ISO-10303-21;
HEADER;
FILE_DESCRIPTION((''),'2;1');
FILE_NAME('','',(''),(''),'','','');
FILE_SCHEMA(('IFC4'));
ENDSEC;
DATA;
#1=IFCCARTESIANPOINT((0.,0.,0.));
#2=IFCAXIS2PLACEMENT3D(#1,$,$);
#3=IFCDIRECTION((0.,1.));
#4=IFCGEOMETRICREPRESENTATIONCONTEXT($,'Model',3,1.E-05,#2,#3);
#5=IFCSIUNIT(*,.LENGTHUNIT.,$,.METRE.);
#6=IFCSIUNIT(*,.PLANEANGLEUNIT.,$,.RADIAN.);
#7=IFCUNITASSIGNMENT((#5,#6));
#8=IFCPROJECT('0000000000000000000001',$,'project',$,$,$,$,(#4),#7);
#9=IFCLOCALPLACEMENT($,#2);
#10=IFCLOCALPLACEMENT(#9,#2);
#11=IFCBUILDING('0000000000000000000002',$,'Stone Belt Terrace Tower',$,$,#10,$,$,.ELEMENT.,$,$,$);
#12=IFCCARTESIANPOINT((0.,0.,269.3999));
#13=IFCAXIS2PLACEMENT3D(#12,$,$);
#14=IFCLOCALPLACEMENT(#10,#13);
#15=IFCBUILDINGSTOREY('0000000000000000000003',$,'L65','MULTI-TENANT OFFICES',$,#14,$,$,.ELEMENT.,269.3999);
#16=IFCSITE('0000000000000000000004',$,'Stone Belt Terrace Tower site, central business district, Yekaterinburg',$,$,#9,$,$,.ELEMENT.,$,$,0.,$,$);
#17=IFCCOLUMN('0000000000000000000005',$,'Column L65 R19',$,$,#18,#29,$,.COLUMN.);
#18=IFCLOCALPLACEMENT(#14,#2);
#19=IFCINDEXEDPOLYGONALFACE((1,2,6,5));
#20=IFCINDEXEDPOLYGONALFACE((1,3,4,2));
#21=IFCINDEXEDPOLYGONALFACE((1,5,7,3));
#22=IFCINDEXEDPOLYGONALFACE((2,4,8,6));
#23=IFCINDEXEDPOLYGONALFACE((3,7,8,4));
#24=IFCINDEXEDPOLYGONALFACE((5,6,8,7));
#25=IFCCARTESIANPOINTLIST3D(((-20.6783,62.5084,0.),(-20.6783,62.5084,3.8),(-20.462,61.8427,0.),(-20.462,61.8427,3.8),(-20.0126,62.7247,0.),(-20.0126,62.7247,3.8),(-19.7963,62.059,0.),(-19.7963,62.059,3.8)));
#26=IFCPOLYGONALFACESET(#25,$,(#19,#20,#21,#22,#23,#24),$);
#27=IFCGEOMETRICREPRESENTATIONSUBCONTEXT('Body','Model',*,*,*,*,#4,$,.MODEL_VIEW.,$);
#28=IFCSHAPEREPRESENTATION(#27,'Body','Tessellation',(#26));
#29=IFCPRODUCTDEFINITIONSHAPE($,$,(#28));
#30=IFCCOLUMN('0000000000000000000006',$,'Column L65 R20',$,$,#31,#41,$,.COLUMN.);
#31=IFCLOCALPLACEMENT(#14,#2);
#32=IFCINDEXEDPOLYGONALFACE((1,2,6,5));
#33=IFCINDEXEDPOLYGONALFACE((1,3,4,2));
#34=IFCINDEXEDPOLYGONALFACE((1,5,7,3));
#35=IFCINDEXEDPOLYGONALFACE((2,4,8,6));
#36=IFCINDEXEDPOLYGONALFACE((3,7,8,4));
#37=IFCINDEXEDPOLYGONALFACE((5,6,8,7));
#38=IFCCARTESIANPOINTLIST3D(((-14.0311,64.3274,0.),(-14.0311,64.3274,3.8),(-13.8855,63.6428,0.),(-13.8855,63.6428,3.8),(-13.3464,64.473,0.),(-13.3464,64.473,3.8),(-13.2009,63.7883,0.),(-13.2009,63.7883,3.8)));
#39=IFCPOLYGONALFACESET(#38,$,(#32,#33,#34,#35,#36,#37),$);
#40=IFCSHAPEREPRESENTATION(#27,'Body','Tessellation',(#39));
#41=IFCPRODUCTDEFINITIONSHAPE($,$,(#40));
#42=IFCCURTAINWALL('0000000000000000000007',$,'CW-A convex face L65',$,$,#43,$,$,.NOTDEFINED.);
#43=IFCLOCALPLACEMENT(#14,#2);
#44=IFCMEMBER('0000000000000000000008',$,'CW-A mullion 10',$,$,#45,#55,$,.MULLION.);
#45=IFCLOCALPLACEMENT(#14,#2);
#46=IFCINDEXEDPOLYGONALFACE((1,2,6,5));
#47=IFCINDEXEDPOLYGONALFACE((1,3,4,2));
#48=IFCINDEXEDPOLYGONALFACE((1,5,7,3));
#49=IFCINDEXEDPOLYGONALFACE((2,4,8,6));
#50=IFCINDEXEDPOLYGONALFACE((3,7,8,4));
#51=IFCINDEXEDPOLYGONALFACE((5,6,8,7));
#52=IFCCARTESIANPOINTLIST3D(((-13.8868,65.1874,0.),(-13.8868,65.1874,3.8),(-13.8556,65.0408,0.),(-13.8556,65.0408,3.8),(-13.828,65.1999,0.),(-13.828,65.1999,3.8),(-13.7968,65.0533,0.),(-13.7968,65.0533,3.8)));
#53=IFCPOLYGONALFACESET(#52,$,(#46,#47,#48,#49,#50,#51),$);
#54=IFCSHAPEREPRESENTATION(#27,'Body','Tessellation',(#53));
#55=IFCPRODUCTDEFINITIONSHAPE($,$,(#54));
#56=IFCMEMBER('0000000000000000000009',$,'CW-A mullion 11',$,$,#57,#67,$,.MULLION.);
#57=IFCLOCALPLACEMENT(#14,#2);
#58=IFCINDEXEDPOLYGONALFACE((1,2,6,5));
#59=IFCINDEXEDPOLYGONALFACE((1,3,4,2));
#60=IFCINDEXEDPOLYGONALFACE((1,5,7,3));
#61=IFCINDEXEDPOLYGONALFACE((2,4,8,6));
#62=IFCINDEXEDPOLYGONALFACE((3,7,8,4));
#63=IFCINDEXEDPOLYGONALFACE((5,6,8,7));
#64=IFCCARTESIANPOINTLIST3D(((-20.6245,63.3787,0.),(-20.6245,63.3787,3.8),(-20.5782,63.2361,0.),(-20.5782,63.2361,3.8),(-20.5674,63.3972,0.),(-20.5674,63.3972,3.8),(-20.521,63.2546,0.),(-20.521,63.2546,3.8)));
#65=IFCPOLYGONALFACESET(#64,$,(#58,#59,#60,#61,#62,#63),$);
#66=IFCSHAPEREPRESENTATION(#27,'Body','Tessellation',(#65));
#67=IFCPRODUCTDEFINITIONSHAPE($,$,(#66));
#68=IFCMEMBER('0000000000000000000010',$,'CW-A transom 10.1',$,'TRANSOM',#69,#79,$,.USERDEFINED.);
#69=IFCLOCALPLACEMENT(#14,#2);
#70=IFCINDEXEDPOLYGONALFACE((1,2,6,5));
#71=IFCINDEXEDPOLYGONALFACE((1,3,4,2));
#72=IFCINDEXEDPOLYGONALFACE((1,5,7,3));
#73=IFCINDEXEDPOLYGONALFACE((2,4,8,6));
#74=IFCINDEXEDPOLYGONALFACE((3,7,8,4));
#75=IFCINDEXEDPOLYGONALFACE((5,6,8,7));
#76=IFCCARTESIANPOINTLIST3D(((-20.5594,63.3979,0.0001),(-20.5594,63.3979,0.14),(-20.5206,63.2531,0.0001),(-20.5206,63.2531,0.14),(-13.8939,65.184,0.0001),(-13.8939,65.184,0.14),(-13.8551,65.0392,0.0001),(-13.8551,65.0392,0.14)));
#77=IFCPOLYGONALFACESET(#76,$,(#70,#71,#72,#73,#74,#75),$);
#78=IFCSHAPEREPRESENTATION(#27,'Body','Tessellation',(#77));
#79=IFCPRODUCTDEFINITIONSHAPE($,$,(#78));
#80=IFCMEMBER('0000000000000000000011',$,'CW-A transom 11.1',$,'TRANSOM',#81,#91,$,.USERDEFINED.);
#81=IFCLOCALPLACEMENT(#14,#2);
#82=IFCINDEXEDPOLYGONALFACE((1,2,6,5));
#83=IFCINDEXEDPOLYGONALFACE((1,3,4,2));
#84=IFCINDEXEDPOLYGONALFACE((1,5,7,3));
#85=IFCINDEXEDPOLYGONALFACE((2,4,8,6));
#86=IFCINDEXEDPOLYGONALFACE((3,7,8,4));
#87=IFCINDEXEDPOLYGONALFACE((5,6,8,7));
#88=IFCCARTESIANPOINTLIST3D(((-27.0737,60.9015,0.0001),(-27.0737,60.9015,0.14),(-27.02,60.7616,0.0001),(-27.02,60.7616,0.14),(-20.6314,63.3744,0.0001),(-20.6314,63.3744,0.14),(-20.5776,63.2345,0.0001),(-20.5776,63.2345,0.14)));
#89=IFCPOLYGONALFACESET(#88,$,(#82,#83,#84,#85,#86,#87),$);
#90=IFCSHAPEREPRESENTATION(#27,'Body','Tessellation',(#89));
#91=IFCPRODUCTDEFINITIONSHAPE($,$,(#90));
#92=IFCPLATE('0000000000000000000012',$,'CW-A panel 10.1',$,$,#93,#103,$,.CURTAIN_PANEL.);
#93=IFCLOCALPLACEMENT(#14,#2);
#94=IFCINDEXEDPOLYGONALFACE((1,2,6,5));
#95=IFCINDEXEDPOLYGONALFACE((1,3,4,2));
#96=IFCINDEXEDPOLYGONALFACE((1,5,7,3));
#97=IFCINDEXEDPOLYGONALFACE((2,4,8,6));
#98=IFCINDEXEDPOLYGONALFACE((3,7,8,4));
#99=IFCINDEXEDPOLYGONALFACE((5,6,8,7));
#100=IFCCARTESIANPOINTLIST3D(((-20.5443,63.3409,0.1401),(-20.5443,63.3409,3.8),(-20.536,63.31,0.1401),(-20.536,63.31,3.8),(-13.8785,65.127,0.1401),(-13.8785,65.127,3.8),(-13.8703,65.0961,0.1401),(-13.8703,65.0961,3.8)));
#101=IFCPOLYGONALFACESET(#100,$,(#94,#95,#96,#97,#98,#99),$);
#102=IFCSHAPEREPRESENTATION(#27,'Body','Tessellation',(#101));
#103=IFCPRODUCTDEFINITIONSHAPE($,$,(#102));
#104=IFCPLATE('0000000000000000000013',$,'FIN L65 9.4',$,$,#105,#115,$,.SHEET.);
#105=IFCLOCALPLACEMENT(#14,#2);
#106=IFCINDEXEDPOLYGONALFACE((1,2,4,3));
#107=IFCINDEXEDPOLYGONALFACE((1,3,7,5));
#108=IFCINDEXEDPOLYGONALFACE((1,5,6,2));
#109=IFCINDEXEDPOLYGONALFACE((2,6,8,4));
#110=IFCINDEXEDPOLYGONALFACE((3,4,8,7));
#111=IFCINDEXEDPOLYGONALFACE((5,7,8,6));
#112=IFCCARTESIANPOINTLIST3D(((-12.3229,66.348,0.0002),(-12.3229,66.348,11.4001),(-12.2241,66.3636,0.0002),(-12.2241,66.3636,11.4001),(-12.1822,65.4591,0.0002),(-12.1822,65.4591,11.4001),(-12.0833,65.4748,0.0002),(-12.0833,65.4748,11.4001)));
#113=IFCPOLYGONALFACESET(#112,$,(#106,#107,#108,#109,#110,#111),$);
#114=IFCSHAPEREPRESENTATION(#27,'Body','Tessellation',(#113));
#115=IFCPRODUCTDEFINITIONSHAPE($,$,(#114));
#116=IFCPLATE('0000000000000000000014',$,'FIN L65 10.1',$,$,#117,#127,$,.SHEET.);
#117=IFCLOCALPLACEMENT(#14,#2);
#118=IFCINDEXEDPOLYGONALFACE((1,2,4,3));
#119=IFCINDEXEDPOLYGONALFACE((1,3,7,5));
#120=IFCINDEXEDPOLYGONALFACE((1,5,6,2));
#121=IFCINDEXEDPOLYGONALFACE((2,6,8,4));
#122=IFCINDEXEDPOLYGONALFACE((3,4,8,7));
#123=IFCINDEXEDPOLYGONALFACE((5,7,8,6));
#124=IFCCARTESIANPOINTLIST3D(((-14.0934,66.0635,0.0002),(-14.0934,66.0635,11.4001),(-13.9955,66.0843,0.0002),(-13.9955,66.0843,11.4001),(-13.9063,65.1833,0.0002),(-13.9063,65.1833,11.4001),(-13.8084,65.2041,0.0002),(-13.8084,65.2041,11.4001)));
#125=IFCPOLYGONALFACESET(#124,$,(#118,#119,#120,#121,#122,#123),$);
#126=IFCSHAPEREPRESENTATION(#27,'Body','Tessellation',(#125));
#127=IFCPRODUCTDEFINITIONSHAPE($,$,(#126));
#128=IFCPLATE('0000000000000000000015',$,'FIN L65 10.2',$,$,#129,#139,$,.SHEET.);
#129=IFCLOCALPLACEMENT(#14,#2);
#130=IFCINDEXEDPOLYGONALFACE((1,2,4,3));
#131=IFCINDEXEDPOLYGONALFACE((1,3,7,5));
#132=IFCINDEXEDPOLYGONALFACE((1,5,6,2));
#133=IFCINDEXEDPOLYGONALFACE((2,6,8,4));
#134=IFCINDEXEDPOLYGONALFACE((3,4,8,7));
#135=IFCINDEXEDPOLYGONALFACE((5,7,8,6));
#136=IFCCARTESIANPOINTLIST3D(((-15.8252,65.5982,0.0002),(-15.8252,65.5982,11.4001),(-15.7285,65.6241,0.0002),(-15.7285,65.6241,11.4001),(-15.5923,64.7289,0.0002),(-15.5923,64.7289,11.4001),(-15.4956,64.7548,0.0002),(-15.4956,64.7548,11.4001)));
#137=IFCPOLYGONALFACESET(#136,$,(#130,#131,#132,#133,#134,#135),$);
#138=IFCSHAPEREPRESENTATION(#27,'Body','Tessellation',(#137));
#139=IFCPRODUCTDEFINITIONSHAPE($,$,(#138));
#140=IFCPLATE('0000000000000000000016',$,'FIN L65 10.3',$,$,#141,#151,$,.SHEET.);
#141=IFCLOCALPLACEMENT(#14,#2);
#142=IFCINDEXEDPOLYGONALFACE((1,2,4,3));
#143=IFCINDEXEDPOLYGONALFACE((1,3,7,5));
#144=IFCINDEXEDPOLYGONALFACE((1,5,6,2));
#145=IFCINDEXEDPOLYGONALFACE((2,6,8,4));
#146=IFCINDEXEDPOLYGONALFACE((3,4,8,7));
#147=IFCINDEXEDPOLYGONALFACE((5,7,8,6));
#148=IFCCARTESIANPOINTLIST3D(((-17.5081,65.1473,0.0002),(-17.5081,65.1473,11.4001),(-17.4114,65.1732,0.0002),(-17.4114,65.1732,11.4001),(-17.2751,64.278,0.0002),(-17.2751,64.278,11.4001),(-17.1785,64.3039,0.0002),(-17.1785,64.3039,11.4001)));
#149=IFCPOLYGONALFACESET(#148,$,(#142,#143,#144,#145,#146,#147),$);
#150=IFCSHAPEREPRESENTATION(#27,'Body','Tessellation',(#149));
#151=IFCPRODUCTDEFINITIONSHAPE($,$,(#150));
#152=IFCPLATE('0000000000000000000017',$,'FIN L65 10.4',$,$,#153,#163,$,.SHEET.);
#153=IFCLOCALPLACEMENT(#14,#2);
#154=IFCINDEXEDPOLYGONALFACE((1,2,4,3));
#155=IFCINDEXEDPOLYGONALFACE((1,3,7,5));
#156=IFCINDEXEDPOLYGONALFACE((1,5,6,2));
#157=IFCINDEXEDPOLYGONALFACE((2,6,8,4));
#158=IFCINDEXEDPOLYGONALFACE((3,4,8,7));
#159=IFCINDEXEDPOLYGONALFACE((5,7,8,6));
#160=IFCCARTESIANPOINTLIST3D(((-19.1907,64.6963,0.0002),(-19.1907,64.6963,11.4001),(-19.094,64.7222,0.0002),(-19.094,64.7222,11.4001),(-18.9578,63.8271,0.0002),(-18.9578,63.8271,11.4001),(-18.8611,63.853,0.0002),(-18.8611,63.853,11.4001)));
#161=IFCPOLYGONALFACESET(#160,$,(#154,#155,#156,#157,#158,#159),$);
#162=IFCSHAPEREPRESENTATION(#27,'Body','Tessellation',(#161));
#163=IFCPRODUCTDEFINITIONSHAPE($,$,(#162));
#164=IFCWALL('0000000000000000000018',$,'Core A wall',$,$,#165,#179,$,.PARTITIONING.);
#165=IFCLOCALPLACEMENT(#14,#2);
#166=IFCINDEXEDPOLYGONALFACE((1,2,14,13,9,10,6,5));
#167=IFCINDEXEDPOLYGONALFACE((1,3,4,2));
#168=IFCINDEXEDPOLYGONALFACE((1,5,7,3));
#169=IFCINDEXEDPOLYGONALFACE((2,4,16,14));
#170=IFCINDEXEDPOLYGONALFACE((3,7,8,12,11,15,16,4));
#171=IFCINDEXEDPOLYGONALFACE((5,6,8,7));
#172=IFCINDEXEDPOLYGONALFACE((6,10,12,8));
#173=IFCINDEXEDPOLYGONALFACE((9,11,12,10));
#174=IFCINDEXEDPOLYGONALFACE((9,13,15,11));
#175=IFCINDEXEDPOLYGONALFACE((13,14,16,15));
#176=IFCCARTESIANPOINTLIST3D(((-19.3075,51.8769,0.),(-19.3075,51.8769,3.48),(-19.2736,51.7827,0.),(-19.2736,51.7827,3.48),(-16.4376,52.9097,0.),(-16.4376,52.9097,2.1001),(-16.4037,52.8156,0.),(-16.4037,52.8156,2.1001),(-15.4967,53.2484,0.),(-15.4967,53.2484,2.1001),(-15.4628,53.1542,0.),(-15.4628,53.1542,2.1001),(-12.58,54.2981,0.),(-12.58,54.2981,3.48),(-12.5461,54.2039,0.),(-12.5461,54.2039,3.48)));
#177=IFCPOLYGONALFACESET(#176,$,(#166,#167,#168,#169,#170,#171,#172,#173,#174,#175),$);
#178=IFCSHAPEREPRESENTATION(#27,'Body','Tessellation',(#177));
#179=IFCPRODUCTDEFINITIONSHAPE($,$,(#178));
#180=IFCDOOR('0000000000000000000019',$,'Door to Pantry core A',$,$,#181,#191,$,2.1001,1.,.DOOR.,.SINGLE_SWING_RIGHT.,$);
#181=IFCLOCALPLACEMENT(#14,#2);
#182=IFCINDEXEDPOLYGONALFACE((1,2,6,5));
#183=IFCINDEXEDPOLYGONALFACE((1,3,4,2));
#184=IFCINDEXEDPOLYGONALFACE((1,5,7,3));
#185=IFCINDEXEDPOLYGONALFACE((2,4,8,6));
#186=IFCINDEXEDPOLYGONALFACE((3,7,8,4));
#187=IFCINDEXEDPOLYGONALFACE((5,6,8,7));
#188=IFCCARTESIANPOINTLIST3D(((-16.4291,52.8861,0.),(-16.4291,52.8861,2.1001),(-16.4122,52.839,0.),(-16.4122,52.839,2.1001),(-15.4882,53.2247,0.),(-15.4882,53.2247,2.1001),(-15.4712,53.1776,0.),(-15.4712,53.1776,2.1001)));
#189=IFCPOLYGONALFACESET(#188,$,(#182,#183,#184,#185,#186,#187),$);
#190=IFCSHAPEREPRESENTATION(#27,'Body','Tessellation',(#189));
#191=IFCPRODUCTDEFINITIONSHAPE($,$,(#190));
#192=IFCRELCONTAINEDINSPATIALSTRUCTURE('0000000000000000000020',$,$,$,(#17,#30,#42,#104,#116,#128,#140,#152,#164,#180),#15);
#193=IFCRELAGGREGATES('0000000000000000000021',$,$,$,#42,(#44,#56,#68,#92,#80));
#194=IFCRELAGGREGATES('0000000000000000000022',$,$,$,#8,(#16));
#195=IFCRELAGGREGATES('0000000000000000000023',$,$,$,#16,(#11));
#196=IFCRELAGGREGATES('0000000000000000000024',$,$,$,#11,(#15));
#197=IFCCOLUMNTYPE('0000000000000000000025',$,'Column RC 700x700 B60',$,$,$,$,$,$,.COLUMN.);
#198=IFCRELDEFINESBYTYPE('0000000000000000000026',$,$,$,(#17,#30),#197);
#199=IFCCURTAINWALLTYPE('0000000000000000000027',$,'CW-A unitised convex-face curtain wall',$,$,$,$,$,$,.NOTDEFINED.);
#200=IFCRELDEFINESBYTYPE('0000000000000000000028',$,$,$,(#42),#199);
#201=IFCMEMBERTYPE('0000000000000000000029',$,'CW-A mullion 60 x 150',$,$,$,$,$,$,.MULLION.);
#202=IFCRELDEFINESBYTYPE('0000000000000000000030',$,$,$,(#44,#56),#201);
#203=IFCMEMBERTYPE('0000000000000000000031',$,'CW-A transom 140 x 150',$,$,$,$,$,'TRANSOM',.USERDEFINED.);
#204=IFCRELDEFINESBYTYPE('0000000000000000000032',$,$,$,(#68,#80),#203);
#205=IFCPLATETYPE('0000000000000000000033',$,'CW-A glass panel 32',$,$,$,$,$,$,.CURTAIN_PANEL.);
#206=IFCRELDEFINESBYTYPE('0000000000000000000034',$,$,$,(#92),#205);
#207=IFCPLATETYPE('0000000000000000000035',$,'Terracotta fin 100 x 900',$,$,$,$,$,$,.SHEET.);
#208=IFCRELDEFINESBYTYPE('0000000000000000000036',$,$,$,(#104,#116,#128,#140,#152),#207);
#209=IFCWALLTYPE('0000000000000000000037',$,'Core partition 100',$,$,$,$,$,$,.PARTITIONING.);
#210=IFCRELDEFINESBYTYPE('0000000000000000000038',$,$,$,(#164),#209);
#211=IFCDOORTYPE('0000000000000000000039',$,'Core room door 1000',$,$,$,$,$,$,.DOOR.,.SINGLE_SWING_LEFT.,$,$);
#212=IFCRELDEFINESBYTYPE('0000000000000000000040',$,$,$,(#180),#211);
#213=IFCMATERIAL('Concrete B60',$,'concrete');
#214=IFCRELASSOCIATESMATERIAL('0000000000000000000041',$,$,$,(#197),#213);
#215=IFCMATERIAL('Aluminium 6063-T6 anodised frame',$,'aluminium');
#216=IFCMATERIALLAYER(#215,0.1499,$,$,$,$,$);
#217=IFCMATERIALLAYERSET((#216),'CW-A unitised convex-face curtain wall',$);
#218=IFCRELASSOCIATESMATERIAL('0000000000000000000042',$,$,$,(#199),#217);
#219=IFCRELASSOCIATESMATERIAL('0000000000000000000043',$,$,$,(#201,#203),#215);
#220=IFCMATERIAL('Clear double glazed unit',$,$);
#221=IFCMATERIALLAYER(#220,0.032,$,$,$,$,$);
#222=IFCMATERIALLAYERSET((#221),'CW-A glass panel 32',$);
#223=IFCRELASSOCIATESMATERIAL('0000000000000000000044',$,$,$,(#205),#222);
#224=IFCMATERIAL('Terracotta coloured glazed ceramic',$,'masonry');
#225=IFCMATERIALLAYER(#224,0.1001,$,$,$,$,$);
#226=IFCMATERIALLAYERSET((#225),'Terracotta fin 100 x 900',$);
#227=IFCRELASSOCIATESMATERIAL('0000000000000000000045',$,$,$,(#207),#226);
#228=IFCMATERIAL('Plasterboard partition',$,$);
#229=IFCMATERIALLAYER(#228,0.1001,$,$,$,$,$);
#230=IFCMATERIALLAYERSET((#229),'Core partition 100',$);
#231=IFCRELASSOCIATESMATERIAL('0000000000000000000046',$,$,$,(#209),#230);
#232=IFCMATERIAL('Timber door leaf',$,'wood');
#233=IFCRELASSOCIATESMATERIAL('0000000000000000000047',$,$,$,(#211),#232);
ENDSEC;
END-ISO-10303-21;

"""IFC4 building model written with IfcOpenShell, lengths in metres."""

from ifc_helpers import new_model, si_unit, direction, frame, frame_2d, origin, origin_2d, place, context, subcontext, project, spatial, rectangle, extrude, material, layer, layer_set, material_profile, profile_set, type_object, element, fill, aggregate, save


model = new_model("IFC4")

# Units and contexts
model_context = context("Model", 3, precision=1e-05, world=origin(), true_north=direction((0.0, 1.0)))
body_context = subcontext(model_context, "Body", "Model", "MODEL_VIEW")
ifc_project = project(units=[si_unit("LENGTHUNIT", "METRE"), si_unit("PLANEANGLEUNIT", "RADIAN")], contexts=[model_context])

# Site, building, storey
site_placement = place(None, origin())
site = spatial("IfcSite", under=ifc_project, at=site_placement, Name="Stone Belt Terrace Tower site, central business district, Yekaterinburg", CompositionType="ELEMENT", RefElevation=0.0)
building_placement = place(site_placement, origin())
building = spatial("IfcBuilding", under=site, at=building_placement, Name="Stone Belt Terrace Tower", CompositionType="ELEMENT")
storey_placement = place(building_placement, frame((0.0, 0.0, 269.3999)))
storey = spatial("IfcBuildingStorey", under=building, at=storey_placement, Name="L65", Description="MULTI-TENANT OFFICES", CompositionType="ELEMENT", Elevation=269.3999)

# Columns
ifc_material_1 = material(Name="Concrete B60", Category="concrete")
ifc_material_profile_1 = material_profile(ifc_material_1, rectangle(XDim=0.7, YDim=0.7, at=origin_2d()), Name="RC 700x700")
ifc_profile_set_1 = profile_set([ifc_material_profile_1], Name="Concrete B60")
column_type = type_object("IfcColumnType", Name="Column RC 700x700 B60", PredefinedType="COLUMN", material=ifc_profile_set_1)
for number, where, z_axis, x_axis, name in (
    (1, (-20.2373, 62.2837, 0.0), (0.0, 0.0, 1.0), (0.951057, 0.309017, 0.0), "Column L65 R19"),
    (2, (-13.616, 64.0579, 0.0), (0.0, 0.0, 1.0), (0.978148, 0.207912, 0.0), "Column L65 R20"),
):
    element("IfcColumn", number, at=place(storey_placement, frame(where, z_axis=z_axis, x_axis=x_axis)), inside=storey, type_object=column_type, Name=name, PredefinedType="COLUMN", context=body_context, shape_type="SweptSolid", body=[
        extrude(rectangle(XDim=0.7, YDim=0.7, at=origin_2d()), origin(), (0.0, 0.0, 1.0), 3.8),
    ])

# Curtain wall, members, plate
ifc_material_2 = material(Name="Aluminium 6063-T6 anodised frame", Category="aluminium")
ifc_layer_1 = layer(ifc_material_2, 0.1499)
ifc_layer_set_1 = layer_set([ifc_layer_1], Name="CW-A unitised convex-face curtain wall")
curtain_wall_type = type_object("IfcCurtainWallType", Name="CW-A unitised convex-face curtain wall", PredefinedType="NOTDEFINED", material=ifc_layer_set_1)
curtain_wall_placement = place(storey_placement, origin())
curtain_wall = element("IfcCurtainWall", 3, at=curtain_wall_placement, inside=storey, type_object=curtain_wall_type, Name="CW-A convex face L65", PredefinedType="NOTDEFINED")
ifc_material_profile_2 = material_profile(ifc_material_2, rectangle(XDim=0.1499, YDim=0.0601, at=origin_2d()), Name="Aluminium 6063-T6 60x150")
ifc_profile_set_2 = profile_set([ifc_material_profile_2], Name="Aluminium 6063-T6 anodised frame")
member_type_1 = type_object("IfcMemberType", Name="CW-A mullion 60 x 150", PredefinedType="MULLION", material=ifc_profile_set_2)
member_1_placement = place(storey_placement, frame((-13.8418, 65.1204, 0.0), z_axis=(0.0, 0.0, 1.0), x_axis=(0.207912, -0.978148, 0.0)))
member_1 = element("IfcMember", 4, at=member_1_placement, type_object=member_type_1, Name="CW-A mullion 10", PredefinedType="MULLION", context=body_context, shape_type="SweptSolid", body=[
    extrude(rectangle(XDim=0.1499, YDim=0.0601, at=origin_2d()), origin(), (0.0, 0.0, 1.0), 3.8),
])
member_2_placement = place(storey_placement, frame((-20.5728, 63.3167, 0.0), z_axis=(0.0, 0.0, 1.0), x_axis=(0.309017, -0.951057, 0.0)))
member_2 = element("IfcMember", 5, at=member_2_placement, type_object=member_type_1, Name="CW-A mullion 11", PredefinedType="MULLION", context=body_context, shape_type="SweptSolid", body=[
    extrude(rectangle(XDim=0.1499, YDim=0.0601, at=origin_2d()), origin(), (0.0, 0.0, 1.0), 3.8),
])
ifc_material_profile_3 = material_profile(ifc_material_2, rectangle(XDim=0.1499, YDim=0.1399, at=origin_2d()), Name="Aluminium 6063-T6 150x140")
ifc_profile_set_3 = profile_set([ifc_material_profile_3], Name="Aluminium 6063-T6 anodised frame")
member_type_2 = type_object("IfcMemberType", Name="CW-A transom 140 x 150", ElementType="TRANSOM", PredefinedType="USERDEFINED", material=ifc_profile_set_3)
member_3_placement = place(storey_placement, frame((-13.8745, 65.1116, 0.0701), z_axis=(-0.965922, -0.258834, 0.0), x_axis=(0.258834, -0.965922, 0.0)))
member_3 = element("IfcMember", 6, at=member_3_placement, type_object=member_type_2, Name="CW-A transom 10.1", ObjectType="TRANSOM", PredefinedType="USERDEFINED", context=body_context, shape_type="SweptSolid", body=[
    extrude(rectangle(XDim=0.1499, YDim=0.1399, at=origin_2d()), origin(), (0.0, 0.0, 1.0), 6.9006),
])
member_4_placement = place(storey_placement, frame((-20.6045, 63.3044, 0.0701), z_axis=(-0.933585, -0.358355, 0.0), x_axis=(0.358355, -0.933585, 0.0)))
member_4 = element("IfcMember", 7, at=member_4_placement, type_object=member_type_2, Name="CW-A transom 11.1", ObjectType="TRANSOM", PredefinedType="USERDEFINED", context=body_context, shape_type="SweptSolid", body=[
    extrude(rectangle(XDim=0.1499, YDim=0.1399, at=origin_2d()), origin(), (0.0, 0.0, 1.0), 6.9006),
])
ifc_material_3 = material(Name="Clear double glazed unit")
ifc_layer_2 = layer(ifc_material_3, 0.032)
ifc_layer_set_2 = layer_set([ifc_layer_2], Name="CW-A glass panel 32")
plate_type_1 = type_object("IfcPlateType", Name="CW-A glass panel 32", PredefinedType="CURTAIN_PANEL", material=ifc_layer_set_2)
plate_placement = place(storey_placement, frame((-17.2073, 64.2185, 0.1401), z_axis=(0.0, 0.0, 1.0), x_axis=(-0.965926, -0.258819, 0.0)))
plate = element("IfcPlate", 8, at=plate_placement, type_object=plate_type_1, Name="CW-A panel 10.1", PredefinedType="CURTAIN_PANEL", context=body_context, shape_type="SweptSolid", body=[
    extrude(rectangle(XDim=6.9009, YDim=0.032, at=origin_2d()), origin(), (0.0, 0.0, 1.0), 3.6599),
])
aggregate(curtain_wall, [member_1, member_2, member_3, plate, member_4])

# Plates
ifc_material_4 = material(Name="Terracotta coloured glazed ceramic", Category="masonry")
ifc_layer_3 = layer(ifc_material_4, 0.1001)
ifc_layer_set_3 = layer_set([ifc_layer_3], Name="Terracotta fin 100 x 900")
plate_type_2 = type_object("IfcPlateType", Name="Terracotta fin 100 x 900", PredefinedType="SHEET", material=ifc_layer_set_3)
for number, where, z_axis, x_axis, name in (
    (9, (-12.2031, 65.9114, 0.0002), (0.0, 0.0, 1.0), (-0.156434, 0.987688, 0.0), "FIN L65 9.4"),
    (10, (-13.9509, 65.6338, 0.0002), (0.0, 0.0, 1.0), (-0.207912, 0.978148, 0.0), "FIN L65 10.1"),
    (11, (-15.6604, 65.1765, 0.0002), (0.0, 0.0, 1.0), (-0.258819, 0.965926, 0.0), "FIN L65 10.2"),
    (12, (-17.3433, 64.7256, 0.0002), (0.0, 0.0, 1.0), (-0.258819, 0.965926, 0.0), "FIN L65 10.3"),
    (13, (-19.0259, 64.2747, 0.0002), (0.0, 0.0, 1.0), (-0.258819, 0.965926, 0.0), "FIN L65 10.4"),
):
    element("IfcPlate", number, at=place(storey_placement, frame(where, z_axis=z_axis, x_axis=x_axis)), inside=storey, type_object=plate_type_2, Name=name, PredefinedType="SHEET", context=body_context, shape_type="SweptSolid", body=[
        extrude(rectangle(XDim=0.8999, YDim=0.1001, at=origin_2d()), origin(), (0.0, 0.0, 1.0), 11.3999),
    ])

# Wall, opening, door
ifc_material_5 = material(Name="Plasterboard partition")
ifc_layer_4 = layer(ifc_material_5, 0.1001)
ifc_layer_set_4 = layer_set([ifc_layer_4], Name="Core partition 100")
wall_type_1 = type_object("IfcWallType", Name="Core partition 100", PredefinedType="PARTITIONING", material=ifc_layer_set_4)
wall_1_placement = place(storey_placement, frame((-19.2905, 51.8298, 0.0), z_axis=(0.0, 0.0, 1.0), x_axis=(0.940922, 0.338624, 0.0)))
wall_1 = element("IfcWall", 14, at=wall_1_placement, inside=storey, type_object=wall_type_1, Name="Core A wall", PredefinedType="PARTITIONING", context=body_context, shape_type="SweptSolid", body=[
    extrude(rectangle(XDim=7.1499, YDim=0.1001, at=frame_2d((3.575, 0.0))), origin(), (0.0, 0.0, 1.0), 3.48),
])
opening_1_placement = place(wall_1_placement, frame((3.05, 0.0, 0.0)))
opening_1 = element("IfcOpeningElement", 15, at=opening_1_placement, cuts=wall_1, PredefinedType="OPENING", context=body_context, shape_type="SweptSolid", body=[
    extrude(rectangle(XDim=1.0, YDim=2.1001, at=frame_2d((0.5, 1.05))), frame((0.0, 0.0601, 0.0), z_axis=(0.0, -1.0, 0.0), x_axis=(1.0, 0.0, 0.0)), (0.0, 0.0, 1.0), 0.1201),
])
ifc_material_6 = material(Name="Timber door leaf", Category="wood")
door_type_1 = type_object("IfcDoorType", Name="Core room door 1000", OperationType="SINGLE_SWING_LEFT", PredefinedType="DOOR", material=ifc_material_6)
door_1_placement = place(opening_1_placement, origin())
door_1 = element("IfcDoor", 16, at=door_1_placement, inside=storey, type_object=door_type_1, Name="Door to Pantry core A", OperationType="SINGLE_SWING_RIGHT", OverallHeight=2.1001, OverallWidth=1.0, PredefinedType="DOOR", context=body_context, shape_type="SweptSolid", body=[
    extrude(rectangle(XDim=1.0, YDim=2.1001, at=frame_2d((0.5, 1.05))), frame((0.0, 0.0249, 0.0), z_axis=(0.0, -1.0, 0.0), x_axis=(1.0, 0.0, 0.0)), (0.0, 0.0, 1.0), 0.05),
])
fill(opening_1, door_1)

save(model, "model.ifc")
